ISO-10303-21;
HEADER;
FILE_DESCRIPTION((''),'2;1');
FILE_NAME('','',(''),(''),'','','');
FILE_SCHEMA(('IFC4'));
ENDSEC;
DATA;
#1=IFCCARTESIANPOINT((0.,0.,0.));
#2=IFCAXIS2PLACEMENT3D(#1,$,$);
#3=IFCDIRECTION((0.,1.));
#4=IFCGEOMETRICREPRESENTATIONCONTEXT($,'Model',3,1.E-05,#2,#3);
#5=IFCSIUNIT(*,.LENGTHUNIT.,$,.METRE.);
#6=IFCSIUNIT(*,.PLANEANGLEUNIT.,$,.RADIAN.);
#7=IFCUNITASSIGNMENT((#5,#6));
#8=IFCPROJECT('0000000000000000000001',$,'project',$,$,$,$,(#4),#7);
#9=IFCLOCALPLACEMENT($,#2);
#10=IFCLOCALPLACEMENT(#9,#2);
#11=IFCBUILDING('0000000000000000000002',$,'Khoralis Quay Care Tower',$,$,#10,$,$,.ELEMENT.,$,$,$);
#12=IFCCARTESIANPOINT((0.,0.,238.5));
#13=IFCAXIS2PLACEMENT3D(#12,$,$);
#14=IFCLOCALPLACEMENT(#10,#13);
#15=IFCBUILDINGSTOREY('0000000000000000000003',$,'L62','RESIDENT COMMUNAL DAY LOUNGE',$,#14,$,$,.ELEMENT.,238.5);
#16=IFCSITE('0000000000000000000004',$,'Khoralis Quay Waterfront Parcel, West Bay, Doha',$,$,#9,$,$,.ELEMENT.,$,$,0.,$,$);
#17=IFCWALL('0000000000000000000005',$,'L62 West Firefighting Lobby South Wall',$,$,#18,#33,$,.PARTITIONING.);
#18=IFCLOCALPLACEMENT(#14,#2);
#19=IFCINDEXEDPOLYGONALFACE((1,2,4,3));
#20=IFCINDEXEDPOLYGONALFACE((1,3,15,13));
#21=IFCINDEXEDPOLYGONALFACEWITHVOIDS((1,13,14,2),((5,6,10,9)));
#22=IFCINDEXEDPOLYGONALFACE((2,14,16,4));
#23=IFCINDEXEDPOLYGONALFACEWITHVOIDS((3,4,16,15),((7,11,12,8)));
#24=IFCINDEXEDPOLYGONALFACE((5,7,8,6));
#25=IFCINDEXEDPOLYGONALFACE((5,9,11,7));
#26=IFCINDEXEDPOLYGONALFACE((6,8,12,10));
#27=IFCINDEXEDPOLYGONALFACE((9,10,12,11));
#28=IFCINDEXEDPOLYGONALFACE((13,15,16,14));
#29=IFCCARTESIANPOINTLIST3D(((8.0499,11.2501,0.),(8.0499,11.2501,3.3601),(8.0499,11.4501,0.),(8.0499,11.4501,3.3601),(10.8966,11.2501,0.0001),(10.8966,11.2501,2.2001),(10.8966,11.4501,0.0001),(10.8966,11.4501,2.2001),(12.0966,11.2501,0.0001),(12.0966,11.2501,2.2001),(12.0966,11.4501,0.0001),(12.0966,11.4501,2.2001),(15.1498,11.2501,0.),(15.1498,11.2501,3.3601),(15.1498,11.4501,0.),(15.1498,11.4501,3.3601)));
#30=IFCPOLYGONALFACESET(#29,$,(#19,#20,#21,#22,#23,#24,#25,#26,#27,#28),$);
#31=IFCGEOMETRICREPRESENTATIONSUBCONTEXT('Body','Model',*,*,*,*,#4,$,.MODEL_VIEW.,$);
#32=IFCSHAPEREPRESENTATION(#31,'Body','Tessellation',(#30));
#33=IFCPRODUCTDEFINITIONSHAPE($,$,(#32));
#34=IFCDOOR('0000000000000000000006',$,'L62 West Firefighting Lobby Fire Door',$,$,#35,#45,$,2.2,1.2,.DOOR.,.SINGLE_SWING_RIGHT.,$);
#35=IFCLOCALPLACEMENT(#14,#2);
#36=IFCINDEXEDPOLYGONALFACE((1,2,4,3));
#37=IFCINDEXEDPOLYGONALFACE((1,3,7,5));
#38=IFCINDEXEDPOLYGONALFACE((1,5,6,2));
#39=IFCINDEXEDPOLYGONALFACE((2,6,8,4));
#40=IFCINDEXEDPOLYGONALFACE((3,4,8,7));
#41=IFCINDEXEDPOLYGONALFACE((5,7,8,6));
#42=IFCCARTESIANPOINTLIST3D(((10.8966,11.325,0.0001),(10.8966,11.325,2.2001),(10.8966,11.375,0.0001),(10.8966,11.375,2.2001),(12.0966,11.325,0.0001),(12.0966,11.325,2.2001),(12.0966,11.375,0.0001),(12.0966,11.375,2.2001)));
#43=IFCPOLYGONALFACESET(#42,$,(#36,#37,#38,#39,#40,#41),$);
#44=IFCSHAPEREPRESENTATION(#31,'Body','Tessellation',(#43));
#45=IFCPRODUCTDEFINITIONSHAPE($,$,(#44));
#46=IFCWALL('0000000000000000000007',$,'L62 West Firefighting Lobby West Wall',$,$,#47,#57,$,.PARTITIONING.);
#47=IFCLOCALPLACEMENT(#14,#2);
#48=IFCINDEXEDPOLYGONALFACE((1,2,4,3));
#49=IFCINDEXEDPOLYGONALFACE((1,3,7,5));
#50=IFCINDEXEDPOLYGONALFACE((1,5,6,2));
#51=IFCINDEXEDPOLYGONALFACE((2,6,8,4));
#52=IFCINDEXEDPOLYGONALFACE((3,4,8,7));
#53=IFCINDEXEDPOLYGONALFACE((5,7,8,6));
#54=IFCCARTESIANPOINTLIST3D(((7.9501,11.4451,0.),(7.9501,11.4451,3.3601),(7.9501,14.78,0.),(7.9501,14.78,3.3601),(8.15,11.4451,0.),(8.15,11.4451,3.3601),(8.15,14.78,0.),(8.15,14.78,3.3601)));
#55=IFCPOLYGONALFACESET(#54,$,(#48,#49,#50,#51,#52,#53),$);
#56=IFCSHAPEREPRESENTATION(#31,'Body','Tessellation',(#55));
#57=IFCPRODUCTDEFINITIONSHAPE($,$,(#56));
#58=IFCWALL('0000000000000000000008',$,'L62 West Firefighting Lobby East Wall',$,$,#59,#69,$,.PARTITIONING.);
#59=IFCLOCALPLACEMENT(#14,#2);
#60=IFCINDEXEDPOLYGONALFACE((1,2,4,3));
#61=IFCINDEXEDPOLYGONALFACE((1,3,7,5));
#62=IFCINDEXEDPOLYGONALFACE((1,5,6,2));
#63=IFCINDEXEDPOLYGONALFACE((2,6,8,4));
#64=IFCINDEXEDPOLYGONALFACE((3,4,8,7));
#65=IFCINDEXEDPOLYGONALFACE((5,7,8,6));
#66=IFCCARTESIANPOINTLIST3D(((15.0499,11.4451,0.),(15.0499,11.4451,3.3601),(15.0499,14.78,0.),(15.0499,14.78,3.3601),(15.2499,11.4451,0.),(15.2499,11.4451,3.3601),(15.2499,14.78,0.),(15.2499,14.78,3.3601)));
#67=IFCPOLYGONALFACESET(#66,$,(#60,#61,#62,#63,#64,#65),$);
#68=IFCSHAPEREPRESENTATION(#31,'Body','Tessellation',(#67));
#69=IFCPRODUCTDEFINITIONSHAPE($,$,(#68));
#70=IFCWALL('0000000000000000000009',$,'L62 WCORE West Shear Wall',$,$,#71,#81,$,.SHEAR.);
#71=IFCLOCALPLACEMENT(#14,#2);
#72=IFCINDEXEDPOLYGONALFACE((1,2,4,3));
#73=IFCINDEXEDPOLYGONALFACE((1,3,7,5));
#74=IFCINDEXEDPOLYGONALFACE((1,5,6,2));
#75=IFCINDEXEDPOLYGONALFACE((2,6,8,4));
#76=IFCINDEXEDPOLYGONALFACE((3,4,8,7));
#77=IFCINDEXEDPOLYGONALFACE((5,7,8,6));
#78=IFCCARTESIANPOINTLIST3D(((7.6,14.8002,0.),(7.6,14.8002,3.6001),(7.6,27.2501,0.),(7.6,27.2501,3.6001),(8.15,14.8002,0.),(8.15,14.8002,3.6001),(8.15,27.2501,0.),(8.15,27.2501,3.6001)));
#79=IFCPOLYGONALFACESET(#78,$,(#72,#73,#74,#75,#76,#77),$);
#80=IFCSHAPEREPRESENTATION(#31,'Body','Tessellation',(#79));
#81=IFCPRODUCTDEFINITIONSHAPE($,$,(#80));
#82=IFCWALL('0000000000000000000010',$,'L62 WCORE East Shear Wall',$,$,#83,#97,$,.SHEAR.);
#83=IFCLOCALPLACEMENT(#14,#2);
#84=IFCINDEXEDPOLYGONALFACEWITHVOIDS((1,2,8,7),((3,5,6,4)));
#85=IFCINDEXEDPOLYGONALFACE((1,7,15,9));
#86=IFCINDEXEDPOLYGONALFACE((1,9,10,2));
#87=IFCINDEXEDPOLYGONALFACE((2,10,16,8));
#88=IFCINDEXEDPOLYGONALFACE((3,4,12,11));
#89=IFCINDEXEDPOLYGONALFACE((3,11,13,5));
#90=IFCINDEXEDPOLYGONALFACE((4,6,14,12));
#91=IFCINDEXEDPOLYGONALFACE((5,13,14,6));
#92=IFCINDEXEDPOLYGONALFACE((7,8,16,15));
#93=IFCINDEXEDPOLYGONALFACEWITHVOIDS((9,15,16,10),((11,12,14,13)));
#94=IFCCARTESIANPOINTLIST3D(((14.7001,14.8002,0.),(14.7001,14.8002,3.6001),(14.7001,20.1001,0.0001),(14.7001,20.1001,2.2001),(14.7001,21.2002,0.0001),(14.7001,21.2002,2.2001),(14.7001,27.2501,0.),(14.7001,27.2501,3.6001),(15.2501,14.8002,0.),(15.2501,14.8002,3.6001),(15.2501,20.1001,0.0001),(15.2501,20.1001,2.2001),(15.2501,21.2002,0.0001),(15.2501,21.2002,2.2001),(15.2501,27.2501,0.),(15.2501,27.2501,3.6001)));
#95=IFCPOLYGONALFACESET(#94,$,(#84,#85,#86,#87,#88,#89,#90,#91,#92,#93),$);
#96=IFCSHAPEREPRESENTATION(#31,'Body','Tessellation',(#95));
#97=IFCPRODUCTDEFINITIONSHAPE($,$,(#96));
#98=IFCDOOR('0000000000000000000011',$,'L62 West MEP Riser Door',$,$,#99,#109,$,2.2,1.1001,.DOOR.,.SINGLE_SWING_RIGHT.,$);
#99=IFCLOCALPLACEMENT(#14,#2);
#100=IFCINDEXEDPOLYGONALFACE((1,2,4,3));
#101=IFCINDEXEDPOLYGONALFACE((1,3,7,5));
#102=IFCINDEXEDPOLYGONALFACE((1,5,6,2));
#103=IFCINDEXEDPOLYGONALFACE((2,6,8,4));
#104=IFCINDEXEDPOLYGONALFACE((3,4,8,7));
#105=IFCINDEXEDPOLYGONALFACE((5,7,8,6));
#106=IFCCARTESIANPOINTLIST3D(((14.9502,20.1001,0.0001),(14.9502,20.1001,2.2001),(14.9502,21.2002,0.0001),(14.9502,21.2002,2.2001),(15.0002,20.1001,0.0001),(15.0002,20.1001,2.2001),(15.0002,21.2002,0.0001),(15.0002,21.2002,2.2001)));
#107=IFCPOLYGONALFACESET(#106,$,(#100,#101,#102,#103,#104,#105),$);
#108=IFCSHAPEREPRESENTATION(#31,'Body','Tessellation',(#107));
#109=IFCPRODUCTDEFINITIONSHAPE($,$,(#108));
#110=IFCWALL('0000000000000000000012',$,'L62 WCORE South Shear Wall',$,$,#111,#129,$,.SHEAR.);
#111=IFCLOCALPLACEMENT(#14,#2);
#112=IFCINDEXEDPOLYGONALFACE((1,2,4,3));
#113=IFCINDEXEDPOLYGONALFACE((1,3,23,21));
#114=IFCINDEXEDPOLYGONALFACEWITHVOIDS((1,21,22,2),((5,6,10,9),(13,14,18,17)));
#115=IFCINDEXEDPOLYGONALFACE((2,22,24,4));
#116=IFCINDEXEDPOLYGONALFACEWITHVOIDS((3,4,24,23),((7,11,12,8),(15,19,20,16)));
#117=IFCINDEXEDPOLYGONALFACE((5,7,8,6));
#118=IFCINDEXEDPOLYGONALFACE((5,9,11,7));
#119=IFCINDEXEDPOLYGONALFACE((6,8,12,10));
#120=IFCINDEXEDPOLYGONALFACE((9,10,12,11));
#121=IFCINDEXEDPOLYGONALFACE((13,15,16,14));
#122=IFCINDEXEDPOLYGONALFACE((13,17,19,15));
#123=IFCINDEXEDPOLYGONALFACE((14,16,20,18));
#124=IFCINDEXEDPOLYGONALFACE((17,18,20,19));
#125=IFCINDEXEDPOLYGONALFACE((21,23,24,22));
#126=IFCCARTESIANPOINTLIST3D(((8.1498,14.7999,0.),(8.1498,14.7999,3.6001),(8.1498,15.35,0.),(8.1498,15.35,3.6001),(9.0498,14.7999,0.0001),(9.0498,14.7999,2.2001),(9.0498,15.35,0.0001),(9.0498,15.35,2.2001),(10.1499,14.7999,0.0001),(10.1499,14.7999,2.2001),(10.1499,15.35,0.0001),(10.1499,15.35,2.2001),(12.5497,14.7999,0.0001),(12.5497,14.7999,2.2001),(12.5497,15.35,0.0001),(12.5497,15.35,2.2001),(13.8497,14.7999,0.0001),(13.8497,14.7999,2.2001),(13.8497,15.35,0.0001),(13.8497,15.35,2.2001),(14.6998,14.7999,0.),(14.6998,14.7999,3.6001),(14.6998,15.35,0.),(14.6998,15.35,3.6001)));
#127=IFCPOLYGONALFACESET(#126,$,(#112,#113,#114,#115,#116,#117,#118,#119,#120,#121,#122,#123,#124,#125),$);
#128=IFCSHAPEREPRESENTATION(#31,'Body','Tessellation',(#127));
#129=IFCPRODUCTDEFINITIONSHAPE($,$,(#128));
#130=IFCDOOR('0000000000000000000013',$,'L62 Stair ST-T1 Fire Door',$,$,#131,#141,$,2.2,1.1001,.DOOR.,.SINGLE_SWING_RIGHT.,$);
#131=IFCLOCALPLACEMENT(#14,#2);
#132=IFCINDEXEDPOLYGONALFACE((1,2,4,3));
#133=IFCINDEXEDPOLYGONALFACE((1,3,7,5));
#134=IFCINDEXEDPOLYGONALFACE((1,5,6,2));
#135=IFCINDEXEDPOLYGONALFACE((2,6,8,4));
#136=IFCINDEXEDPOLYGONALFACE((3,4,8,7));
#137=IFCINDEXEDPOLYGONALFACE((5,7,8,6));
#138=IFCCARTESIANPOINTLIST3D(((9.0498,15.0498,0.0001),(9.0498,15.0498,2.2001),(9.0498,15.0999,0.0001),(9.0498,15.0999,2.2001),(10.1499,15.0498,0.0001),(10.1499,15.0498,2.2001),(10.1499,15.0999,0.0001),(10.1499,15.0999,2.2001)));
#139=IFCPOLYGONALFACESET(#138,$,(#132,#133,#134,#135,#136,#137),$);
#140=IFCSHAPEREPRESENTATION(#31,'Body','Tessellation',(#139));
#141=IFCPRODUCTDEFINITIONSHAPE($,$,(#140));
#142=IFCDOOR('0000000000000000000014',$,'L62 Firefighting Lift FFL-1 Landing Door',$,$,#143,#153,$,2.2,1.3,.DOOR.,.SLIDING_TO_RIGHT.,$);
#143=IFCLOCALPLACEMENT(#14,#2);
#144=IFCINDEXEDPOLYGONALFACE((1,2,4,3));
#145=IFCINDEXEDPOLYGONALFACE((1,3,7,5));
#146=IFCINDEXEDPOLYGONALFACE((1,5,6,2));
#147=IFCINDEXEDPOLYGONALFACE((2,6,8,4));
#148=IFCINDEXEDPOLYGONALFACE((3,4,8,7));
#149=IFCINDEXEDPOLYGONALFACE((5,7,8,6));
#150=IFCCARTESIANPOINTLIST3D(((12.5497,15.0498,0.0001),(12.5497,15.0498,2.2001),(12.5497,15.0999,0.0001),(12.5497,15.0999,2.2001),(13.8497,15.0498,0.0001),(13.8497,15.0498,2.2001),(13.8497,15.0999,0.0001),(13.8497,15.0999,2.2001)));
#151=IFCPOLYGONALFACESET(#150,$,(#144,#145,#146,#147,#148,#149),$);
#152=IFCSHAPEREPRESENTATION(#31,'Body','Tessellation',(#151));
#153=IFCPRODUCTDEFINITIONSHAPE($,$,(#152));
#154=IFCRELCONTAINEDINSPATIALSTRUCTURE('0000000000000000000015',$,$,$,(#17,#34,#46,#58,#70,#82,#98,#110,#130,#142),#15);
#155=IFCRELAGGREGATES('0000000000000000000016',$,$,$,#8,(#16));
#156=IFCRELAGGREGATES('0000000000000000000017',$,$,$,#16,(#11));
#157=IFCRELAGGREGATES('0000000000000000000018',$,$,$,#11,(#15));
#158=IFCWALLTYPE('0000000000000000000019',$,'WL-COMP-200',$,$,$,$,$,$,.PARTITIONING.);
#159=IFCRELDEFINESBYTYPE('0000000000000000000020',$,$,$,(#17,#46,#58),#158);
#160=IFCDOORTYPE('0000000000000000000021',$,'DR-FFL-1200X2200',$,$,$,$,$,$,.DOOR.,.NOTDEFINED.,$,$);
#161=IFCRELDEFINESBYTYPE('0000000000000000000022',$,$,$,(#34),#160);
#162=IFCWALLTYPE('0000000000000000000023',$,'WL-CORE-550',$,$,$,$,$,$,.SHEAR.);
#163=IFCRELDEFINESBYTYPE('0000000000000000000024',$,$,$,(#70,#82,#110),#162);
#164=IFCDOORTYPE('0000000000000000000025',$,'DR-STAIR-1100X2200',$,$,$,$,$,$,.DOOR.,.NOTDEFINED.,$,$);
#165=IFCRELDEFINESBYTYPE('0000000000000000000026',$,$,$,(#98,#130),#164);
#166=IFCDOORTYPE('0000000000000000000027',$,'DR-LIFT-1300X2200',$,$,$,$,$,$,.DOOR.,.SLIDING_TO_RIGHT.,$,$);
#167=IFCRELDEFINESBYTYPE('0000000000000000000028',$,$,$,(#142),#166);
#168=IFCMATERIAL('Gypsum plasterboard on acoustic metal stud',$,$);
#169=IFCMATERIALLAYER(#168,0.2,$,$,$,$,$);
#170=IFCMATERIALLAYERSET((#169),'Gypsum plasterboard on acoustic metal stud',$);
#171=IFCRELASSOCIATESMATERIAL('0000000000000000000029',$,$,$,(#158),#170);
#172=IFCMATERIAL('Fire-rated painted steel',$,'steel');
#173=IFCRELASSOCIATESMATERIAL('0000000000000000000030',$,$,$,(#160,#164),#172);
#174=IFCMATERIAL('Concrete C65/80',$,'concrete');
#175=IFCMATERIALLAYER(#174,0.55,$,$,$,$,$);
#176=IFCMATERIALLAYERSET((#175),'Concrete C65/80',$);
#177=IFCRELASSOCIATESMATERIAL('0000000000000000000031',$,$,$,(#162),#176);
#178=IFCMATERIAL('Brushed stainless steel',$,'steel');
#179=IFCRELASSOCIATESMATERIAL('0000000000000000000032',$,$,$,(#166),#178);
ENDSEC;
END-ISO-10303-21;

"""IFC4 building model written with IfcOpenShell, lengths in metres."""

from ifc_helpers import new_model, si_unit, direction, frame, frame_2d, origin, place, context, subcontext, project, spatial, rectangle, extrude, source, transform, mapped, material, layer, layer_set, type_object, element, fill, save


model = new_model("IFC4")

# Units and contexts
model_context = context("Model", 3, precision=1e-05, world=origin(), true_north=direction((0.0, 1.0)))
body_context = subcontext(model_context, "Body", "Model", "MODEL_VIEW")
ifc_project = project(units=[si_unit("LENGTHUNIT", "METRE"), si_unit("PLANEANGLEUNIT", "RADIAN")], contexts=[model_context])

# Site, building, storey
site_placement = place(None, origin())
site = spatial("IfcSite", under=ifc_project, at=site_placement, Name="Khoralis Quay Waterfront Parcel, West Bay, Doha", CompositionType="ELEMENT", RefElevation=0.0)
building_placement = place(site_placement, origin())
building = spatial("IfcBuilding", under=site, at=building_placement, Name="Khoralis Quay Care Tower", CompositionType="ELEMENT")
storey_placement = place(building_placement, frame((0.0, 0.0, 238.5)))
storey = spatial("IfcBuildingStorey", under=building, at=storey_placement, Name="L62", Description="RESIDENT COMMUNAL DAY LOUNGE", CompositionType="ELEMENT", Elevation=238.5)

# Wall, opening, door
ifc_material_1 = material(Name="Gypsum plasterboard on acoustic metal stud")
ifc_layer_1 = layer(ifc_material_1, 0.2)
ifc_layer_set_1 = layer_set([ifc_layer_1], Name="Gypsum plasterboard on acoustic metal stud")
wall_type_1 = type_object("IfcWallType", Name="WL-COMP-200", PredefinedType="PARTITIONING", material=ifc_layer_set_1)
wall_1_placement = place(storey_placement, frame((8.05, 11.3501, 0.0), z_axis=(0.0, 0.0, 1.0), x_axis=(1.0, 0.0, 0.0)))
wall_1 = element("IfcWall", 1, at=wall_1_placement, inside=storey, type_object=wall_type_1, Name="L62 West Firefighting Lobby South Wall", PredefinedType="PARTITIONING", context=body_context, shape_type="SweptSolid", body=[
    extrude(rectangle(XDim=7.0999, YDim=0.2, at=frame_2d((3.5498, 0.0))), origin(), (0.0, 0.0, 1.0), 3.3601),
])
opening_1_placement = place(wall_1_placement, frame((2.8464, 0.0, 0.0)))
opening_1 = element("IfcOpeningElement", 2, at=opening_1_placement, cuts=wall_1, PredefinedType="OPENING", context=body_context, shape_type="SweptSolid", body=[
    extrude(rectangle(XDim=1.2, YDim=2.2, at=frame_2d((0.6001, 1.1001))), frame((0.0, 0.1099, 0.0), z_axis=(0.0, -1.0, 0.0), x_axis=(1.0, 0.0, 0.0)), (0.0, 0.0, 1.0), 0.22),
])
ifc_material_2 = material(Name="Fire-rated painted steel", Category="steel")
door_type_1 = type_object("IfcDoorType", Name="DR-FFL-1200X2200", OperationType="NOTDEFINED", PredefinedType="DOOR", material=ifc_material_2)
shared_shape_1 = source(origin(), body_context, "Body", "SweptSolid", [
    extrude(rectangle(XDim=1.2, YDim=2.2, at=frame_2d((0.6001, 1.1001))), frame((0.0, 0.0249, 0.0), z_axis=(0.0, -1.0, 0.0), x_axis=(1.0, 0.0, 0.0)), (0.0, 0.0, 1.0), 0.05),
])
door_1_placement = place(opening_1_placement, origin())
door_1 = element("IfcDoor", 3, at=door_1_placement, inside=storey, type_object=door_type_1, Name="L62 West Firefighting Lobby Fire Door", OperationType="SINGLE_SWING_RIGHT", OverallHeight=2.2, OverallWidth=1.2, PredefinedType="DOOR", context=body_context, shape_type="MappedRepresentation", body=[
    mapped(shared_shape_1, transform((0.0, 0.0, 0.0), scale=1.0)),
])
fill(opening_1, door_1)

# Walls
for number, where, z_axis, x_axis, name in (
    (4, (8.05, 11.4451, 0.0), (0.0, 0.0, 1.0), (0.0, 1.0, 0.0), "L62 West Firefighting Lobby West Wall"),
    (5, (15.1499, 11.4451, 0.0), (0.0, 0.0, 1.0), (0.0, 1.0, 0.0), "L62 West Firefighting Lobby East Wall"),
):
    element("IfcWall", number, at=place(storey_placement, frame(where, z_axis=z_axis, x_axis=x_axis)), inside=storey, type_object=wall_type_1, Name=name, PredefinedType="PARTITIONING", context=body_context, shape_type="SweptSolid", body=[
        extrude(rectangle(XDim=3.335, YDim=0.2, at=frame_2d((1.6675, 0.0))), origin(), (0.0, 0.0, 1.0), 3.3601),
    ])
ifc_material_3 = material(Name="Concrete C65/80", Category="concrete")
ifc_layer_2 = layer(ifc_material_3, 0.55)
ifc_layer_set_2 = layer_set([ifc_layer_2], Name="Concrete C65/80")
wall_type_2 = type_object("IfcWallType", Name="WL-CORE-550", PredefinedType="SHEAR", material=ifc_layer_set_2)
wall_2_placement = place(storey_placement, frame((7.875, 14.8, 0.0), z_axis=(0.0, 0.0, 1.0), x_axis=(0.0, 1.0, 0.0)))
element("IfcWall", 6, at=wall_2_placement, inside=storey, type_object=wall_type_2, Name="L62 WCORE West Shear Wall", PredefinedType="SHEAR", context=body_context, shape_type="SweptSolid", body=[
    extrude(rectangle(XDim=12.45, YDim=0.55, at=frame_2d((6.2251, 0.0))), origin(), (0.0, 0.0, 1.0), 3.6001),
])

# Wall, opening, door
wall_3_placement = place(storey_placement, frame((14.9751, 14.8, 0.0), z_axis=(0.0, 0.0, 1.0), x_axis=(0.0, 1.0, 0.0)))
wall_3 = element("IfcWall", 7, at=wall_3_placement, inside=storey, type_object=wall_type_2, Name="L62 WCORE East Shear Wall", PredefinedType="SHEAR", context=body_context, shape_type="SweptSolid", body=[
    extrude(rectangle(XDim=12.45, YDim=0.55, at=frame_2d((6.2251, 0.0))), origin(), (0.0, 0.0, 1.0), 3.6001),
])
opening_2_placement = place(wall_3_placement, frame((5.3, 0.0, 0.0)))
opening_2 = element("IfcOpeningElement", 8, at=opening_2_placement, cuts=wall_3, PredefinedType="OPENING", context=body_context, shape_type="SweptSolid", body=[
    extrude(rectangle(XDim=1.1001, YDim=2.2, at=frame_2d((0.55, 1.1001))), frame((0.0, 0.2852, 0.0), z_axis=(0.0, -1.0, 0.0), x_axis=(1.0, 0.0, 0.0)), (0.0, 0.0, 1.0), 0.5701),
])
door_type_2 = type_object("IfcDoorType", Name="DR-STAIR-1100X2200", OperationType="NOTDEFINED", PredefinedType="DOOR", material=ifc_material_2)
shared_shape_2 = source(origin(), body_context, "Body", "SweptSolid", [
    extrude(rectangle(XDim=1.1001, YDim=2.2, at=frame_2d((0.55, 1.1001))), frame((0.0, 0.0249, 0.0), z_axis=(0.0, -1.0, 0.0), x_axis=(1.0, 0.0, 0.0)), (0.0, 0.0, 1.0), 0.05),
])
door_2_placement = place(opening_2_placement, origin())
door_2 = element("IfcDoor", 9, at=door_2_placement, inside=storey, type_object=door_type_2, Name="L62 West MEP Riser Door", OperationType="SINGLE_SWING_RIGHT", OverallHeight=2.2, OverallWidth=1.1001, PredefinedType="DOOR", context=body_context, shape_type="MappedRepresentation", body=[
    mapped(shared_shape_2, transform((0.0, 0.0, 0.0), scale=1.0)),
])
fill(opening_2, door_2)

# Wall, openings, doors
wall_4_placement = place(storey_placement, frame((8.1499, 15.075, 0.0), z_axis=(0.0, 0.0, 1.0), x_axis=(1.0, 0.0, 0.0)))
wall_4 = element("IfcWall", 10, at=wall_4_placement, inside=storey, type_object=wall_type_2, Name="L62 WCORE South Shear Wall", PredefinedType="SHEAR", context=body_context, shape_type="SweptSolid", body=[
    extrude(rectangle(XDim=6.55, YDim=0.55, at=frame_2d((3.2749, 0.0))), origin(), (0.0, 0.0, 1.0), 3.6001),
])
opening_3_placement = place(wall_4_placement, frame((0.8999, 0.0, 0.0)))
opening_3 = element("IfcOpeningElement", 11, at=opening_3_placement, cuts=wall_4, PredefinedType="OPENING", context=body_context, shape_type="SweptSolid", body=[
    extrude(rectangle(XDim=1.1001, YDim=2.2, at=frame_2d((0.55, 1.1001))), frame((0.0, 0.2852, 0.0), z_axis=(0.0, -1.0, 0.0), x_axis=(1.0, 0.0, 0.0)), (0.0, 0.0, 1.0), 0.5701),
])
opening_4_placement = place(wall_4_placement, frame((4.3999, 0.0, 0.0)))
opening_4 = element("IfcOpeningElement", 12, at=opening_4_placement, cuts=wall_4, PredefinedType="OPENING", context=body_context, shape_type="SweptSolid", body=[
    extrude(rectangle(XDim=1.3, YDim=2.2, at=frame_2d((0.6499, 1.1001))), frame((0.0, 0.2852, 0.0), z_axis=(0.0, -1.0, 0.0), x_axis=(1.0, 0.0, 0.0)), (0.0, 0.0, 1.0), 0.5701),
])
door_3_placement = place(opening_3_placement, origin())
door_3 = element("IfcDoor", 13, at=door_3_placement, inside=storey, type_object=door_type_2, Name="L62 Stair ST-T1 Fire Door", OperationType="SINGLE_SWING_RIGHT", OverallHeight=2.2, OverallWidth=1.1001, PredefinedType="DOOR", context=body_context, shape_type="MappedRepresentation", body=[
    mapped(shared_shape_2, transform((0.0, 0.0, 0.0), scale=1.0)),
])
fill(opening_3, door_3)
ifc_material_4 = material(Name="Brushed stainless steel", Category="steel")
door_type_3 = type_object("IfcDoorType", Name="DR-LIFT-1300X2200", OperationType="SLIDING_TO_RIGHT", PredefinedType="DOOR", material=ifc_material_4)
shared_shape_3 = source(origin(), body_context, "Body", "SweptSolid", [
    extrude(rectangle(XDim=1.3, YDim=2.2, at=frame_2d((0.6499, 1.1001))), frame((0.0, 0.0249, 0.0), z_axis=(0.0, -1.0, 0.0), x_axis=(1.0, 0.0, 0.0)), (0.0, 0.0, 1.0), 0.05),
])
door_4_placement = place(opening_4_placement, origin())
door_4 = element("IfcDoor", 14, at=door_4_placement, inside=storey, type_object=door_type_3, Name="L62 Firefighting Lift FFL-1 Landing Door", OperationType="SLIDING_TO_RIGHT", OverallHeight=2.2, OverallWidth=1.3, PredefinedType="DOOR", context=body_context, shape_type="MappedRepresentation", body=[
    mapped(shared_shape_3, transform((0.0, 0.0, 0.0), scale=1.0)),
])
fill(opening_4, door_4)

save(model, "model.ifc")
